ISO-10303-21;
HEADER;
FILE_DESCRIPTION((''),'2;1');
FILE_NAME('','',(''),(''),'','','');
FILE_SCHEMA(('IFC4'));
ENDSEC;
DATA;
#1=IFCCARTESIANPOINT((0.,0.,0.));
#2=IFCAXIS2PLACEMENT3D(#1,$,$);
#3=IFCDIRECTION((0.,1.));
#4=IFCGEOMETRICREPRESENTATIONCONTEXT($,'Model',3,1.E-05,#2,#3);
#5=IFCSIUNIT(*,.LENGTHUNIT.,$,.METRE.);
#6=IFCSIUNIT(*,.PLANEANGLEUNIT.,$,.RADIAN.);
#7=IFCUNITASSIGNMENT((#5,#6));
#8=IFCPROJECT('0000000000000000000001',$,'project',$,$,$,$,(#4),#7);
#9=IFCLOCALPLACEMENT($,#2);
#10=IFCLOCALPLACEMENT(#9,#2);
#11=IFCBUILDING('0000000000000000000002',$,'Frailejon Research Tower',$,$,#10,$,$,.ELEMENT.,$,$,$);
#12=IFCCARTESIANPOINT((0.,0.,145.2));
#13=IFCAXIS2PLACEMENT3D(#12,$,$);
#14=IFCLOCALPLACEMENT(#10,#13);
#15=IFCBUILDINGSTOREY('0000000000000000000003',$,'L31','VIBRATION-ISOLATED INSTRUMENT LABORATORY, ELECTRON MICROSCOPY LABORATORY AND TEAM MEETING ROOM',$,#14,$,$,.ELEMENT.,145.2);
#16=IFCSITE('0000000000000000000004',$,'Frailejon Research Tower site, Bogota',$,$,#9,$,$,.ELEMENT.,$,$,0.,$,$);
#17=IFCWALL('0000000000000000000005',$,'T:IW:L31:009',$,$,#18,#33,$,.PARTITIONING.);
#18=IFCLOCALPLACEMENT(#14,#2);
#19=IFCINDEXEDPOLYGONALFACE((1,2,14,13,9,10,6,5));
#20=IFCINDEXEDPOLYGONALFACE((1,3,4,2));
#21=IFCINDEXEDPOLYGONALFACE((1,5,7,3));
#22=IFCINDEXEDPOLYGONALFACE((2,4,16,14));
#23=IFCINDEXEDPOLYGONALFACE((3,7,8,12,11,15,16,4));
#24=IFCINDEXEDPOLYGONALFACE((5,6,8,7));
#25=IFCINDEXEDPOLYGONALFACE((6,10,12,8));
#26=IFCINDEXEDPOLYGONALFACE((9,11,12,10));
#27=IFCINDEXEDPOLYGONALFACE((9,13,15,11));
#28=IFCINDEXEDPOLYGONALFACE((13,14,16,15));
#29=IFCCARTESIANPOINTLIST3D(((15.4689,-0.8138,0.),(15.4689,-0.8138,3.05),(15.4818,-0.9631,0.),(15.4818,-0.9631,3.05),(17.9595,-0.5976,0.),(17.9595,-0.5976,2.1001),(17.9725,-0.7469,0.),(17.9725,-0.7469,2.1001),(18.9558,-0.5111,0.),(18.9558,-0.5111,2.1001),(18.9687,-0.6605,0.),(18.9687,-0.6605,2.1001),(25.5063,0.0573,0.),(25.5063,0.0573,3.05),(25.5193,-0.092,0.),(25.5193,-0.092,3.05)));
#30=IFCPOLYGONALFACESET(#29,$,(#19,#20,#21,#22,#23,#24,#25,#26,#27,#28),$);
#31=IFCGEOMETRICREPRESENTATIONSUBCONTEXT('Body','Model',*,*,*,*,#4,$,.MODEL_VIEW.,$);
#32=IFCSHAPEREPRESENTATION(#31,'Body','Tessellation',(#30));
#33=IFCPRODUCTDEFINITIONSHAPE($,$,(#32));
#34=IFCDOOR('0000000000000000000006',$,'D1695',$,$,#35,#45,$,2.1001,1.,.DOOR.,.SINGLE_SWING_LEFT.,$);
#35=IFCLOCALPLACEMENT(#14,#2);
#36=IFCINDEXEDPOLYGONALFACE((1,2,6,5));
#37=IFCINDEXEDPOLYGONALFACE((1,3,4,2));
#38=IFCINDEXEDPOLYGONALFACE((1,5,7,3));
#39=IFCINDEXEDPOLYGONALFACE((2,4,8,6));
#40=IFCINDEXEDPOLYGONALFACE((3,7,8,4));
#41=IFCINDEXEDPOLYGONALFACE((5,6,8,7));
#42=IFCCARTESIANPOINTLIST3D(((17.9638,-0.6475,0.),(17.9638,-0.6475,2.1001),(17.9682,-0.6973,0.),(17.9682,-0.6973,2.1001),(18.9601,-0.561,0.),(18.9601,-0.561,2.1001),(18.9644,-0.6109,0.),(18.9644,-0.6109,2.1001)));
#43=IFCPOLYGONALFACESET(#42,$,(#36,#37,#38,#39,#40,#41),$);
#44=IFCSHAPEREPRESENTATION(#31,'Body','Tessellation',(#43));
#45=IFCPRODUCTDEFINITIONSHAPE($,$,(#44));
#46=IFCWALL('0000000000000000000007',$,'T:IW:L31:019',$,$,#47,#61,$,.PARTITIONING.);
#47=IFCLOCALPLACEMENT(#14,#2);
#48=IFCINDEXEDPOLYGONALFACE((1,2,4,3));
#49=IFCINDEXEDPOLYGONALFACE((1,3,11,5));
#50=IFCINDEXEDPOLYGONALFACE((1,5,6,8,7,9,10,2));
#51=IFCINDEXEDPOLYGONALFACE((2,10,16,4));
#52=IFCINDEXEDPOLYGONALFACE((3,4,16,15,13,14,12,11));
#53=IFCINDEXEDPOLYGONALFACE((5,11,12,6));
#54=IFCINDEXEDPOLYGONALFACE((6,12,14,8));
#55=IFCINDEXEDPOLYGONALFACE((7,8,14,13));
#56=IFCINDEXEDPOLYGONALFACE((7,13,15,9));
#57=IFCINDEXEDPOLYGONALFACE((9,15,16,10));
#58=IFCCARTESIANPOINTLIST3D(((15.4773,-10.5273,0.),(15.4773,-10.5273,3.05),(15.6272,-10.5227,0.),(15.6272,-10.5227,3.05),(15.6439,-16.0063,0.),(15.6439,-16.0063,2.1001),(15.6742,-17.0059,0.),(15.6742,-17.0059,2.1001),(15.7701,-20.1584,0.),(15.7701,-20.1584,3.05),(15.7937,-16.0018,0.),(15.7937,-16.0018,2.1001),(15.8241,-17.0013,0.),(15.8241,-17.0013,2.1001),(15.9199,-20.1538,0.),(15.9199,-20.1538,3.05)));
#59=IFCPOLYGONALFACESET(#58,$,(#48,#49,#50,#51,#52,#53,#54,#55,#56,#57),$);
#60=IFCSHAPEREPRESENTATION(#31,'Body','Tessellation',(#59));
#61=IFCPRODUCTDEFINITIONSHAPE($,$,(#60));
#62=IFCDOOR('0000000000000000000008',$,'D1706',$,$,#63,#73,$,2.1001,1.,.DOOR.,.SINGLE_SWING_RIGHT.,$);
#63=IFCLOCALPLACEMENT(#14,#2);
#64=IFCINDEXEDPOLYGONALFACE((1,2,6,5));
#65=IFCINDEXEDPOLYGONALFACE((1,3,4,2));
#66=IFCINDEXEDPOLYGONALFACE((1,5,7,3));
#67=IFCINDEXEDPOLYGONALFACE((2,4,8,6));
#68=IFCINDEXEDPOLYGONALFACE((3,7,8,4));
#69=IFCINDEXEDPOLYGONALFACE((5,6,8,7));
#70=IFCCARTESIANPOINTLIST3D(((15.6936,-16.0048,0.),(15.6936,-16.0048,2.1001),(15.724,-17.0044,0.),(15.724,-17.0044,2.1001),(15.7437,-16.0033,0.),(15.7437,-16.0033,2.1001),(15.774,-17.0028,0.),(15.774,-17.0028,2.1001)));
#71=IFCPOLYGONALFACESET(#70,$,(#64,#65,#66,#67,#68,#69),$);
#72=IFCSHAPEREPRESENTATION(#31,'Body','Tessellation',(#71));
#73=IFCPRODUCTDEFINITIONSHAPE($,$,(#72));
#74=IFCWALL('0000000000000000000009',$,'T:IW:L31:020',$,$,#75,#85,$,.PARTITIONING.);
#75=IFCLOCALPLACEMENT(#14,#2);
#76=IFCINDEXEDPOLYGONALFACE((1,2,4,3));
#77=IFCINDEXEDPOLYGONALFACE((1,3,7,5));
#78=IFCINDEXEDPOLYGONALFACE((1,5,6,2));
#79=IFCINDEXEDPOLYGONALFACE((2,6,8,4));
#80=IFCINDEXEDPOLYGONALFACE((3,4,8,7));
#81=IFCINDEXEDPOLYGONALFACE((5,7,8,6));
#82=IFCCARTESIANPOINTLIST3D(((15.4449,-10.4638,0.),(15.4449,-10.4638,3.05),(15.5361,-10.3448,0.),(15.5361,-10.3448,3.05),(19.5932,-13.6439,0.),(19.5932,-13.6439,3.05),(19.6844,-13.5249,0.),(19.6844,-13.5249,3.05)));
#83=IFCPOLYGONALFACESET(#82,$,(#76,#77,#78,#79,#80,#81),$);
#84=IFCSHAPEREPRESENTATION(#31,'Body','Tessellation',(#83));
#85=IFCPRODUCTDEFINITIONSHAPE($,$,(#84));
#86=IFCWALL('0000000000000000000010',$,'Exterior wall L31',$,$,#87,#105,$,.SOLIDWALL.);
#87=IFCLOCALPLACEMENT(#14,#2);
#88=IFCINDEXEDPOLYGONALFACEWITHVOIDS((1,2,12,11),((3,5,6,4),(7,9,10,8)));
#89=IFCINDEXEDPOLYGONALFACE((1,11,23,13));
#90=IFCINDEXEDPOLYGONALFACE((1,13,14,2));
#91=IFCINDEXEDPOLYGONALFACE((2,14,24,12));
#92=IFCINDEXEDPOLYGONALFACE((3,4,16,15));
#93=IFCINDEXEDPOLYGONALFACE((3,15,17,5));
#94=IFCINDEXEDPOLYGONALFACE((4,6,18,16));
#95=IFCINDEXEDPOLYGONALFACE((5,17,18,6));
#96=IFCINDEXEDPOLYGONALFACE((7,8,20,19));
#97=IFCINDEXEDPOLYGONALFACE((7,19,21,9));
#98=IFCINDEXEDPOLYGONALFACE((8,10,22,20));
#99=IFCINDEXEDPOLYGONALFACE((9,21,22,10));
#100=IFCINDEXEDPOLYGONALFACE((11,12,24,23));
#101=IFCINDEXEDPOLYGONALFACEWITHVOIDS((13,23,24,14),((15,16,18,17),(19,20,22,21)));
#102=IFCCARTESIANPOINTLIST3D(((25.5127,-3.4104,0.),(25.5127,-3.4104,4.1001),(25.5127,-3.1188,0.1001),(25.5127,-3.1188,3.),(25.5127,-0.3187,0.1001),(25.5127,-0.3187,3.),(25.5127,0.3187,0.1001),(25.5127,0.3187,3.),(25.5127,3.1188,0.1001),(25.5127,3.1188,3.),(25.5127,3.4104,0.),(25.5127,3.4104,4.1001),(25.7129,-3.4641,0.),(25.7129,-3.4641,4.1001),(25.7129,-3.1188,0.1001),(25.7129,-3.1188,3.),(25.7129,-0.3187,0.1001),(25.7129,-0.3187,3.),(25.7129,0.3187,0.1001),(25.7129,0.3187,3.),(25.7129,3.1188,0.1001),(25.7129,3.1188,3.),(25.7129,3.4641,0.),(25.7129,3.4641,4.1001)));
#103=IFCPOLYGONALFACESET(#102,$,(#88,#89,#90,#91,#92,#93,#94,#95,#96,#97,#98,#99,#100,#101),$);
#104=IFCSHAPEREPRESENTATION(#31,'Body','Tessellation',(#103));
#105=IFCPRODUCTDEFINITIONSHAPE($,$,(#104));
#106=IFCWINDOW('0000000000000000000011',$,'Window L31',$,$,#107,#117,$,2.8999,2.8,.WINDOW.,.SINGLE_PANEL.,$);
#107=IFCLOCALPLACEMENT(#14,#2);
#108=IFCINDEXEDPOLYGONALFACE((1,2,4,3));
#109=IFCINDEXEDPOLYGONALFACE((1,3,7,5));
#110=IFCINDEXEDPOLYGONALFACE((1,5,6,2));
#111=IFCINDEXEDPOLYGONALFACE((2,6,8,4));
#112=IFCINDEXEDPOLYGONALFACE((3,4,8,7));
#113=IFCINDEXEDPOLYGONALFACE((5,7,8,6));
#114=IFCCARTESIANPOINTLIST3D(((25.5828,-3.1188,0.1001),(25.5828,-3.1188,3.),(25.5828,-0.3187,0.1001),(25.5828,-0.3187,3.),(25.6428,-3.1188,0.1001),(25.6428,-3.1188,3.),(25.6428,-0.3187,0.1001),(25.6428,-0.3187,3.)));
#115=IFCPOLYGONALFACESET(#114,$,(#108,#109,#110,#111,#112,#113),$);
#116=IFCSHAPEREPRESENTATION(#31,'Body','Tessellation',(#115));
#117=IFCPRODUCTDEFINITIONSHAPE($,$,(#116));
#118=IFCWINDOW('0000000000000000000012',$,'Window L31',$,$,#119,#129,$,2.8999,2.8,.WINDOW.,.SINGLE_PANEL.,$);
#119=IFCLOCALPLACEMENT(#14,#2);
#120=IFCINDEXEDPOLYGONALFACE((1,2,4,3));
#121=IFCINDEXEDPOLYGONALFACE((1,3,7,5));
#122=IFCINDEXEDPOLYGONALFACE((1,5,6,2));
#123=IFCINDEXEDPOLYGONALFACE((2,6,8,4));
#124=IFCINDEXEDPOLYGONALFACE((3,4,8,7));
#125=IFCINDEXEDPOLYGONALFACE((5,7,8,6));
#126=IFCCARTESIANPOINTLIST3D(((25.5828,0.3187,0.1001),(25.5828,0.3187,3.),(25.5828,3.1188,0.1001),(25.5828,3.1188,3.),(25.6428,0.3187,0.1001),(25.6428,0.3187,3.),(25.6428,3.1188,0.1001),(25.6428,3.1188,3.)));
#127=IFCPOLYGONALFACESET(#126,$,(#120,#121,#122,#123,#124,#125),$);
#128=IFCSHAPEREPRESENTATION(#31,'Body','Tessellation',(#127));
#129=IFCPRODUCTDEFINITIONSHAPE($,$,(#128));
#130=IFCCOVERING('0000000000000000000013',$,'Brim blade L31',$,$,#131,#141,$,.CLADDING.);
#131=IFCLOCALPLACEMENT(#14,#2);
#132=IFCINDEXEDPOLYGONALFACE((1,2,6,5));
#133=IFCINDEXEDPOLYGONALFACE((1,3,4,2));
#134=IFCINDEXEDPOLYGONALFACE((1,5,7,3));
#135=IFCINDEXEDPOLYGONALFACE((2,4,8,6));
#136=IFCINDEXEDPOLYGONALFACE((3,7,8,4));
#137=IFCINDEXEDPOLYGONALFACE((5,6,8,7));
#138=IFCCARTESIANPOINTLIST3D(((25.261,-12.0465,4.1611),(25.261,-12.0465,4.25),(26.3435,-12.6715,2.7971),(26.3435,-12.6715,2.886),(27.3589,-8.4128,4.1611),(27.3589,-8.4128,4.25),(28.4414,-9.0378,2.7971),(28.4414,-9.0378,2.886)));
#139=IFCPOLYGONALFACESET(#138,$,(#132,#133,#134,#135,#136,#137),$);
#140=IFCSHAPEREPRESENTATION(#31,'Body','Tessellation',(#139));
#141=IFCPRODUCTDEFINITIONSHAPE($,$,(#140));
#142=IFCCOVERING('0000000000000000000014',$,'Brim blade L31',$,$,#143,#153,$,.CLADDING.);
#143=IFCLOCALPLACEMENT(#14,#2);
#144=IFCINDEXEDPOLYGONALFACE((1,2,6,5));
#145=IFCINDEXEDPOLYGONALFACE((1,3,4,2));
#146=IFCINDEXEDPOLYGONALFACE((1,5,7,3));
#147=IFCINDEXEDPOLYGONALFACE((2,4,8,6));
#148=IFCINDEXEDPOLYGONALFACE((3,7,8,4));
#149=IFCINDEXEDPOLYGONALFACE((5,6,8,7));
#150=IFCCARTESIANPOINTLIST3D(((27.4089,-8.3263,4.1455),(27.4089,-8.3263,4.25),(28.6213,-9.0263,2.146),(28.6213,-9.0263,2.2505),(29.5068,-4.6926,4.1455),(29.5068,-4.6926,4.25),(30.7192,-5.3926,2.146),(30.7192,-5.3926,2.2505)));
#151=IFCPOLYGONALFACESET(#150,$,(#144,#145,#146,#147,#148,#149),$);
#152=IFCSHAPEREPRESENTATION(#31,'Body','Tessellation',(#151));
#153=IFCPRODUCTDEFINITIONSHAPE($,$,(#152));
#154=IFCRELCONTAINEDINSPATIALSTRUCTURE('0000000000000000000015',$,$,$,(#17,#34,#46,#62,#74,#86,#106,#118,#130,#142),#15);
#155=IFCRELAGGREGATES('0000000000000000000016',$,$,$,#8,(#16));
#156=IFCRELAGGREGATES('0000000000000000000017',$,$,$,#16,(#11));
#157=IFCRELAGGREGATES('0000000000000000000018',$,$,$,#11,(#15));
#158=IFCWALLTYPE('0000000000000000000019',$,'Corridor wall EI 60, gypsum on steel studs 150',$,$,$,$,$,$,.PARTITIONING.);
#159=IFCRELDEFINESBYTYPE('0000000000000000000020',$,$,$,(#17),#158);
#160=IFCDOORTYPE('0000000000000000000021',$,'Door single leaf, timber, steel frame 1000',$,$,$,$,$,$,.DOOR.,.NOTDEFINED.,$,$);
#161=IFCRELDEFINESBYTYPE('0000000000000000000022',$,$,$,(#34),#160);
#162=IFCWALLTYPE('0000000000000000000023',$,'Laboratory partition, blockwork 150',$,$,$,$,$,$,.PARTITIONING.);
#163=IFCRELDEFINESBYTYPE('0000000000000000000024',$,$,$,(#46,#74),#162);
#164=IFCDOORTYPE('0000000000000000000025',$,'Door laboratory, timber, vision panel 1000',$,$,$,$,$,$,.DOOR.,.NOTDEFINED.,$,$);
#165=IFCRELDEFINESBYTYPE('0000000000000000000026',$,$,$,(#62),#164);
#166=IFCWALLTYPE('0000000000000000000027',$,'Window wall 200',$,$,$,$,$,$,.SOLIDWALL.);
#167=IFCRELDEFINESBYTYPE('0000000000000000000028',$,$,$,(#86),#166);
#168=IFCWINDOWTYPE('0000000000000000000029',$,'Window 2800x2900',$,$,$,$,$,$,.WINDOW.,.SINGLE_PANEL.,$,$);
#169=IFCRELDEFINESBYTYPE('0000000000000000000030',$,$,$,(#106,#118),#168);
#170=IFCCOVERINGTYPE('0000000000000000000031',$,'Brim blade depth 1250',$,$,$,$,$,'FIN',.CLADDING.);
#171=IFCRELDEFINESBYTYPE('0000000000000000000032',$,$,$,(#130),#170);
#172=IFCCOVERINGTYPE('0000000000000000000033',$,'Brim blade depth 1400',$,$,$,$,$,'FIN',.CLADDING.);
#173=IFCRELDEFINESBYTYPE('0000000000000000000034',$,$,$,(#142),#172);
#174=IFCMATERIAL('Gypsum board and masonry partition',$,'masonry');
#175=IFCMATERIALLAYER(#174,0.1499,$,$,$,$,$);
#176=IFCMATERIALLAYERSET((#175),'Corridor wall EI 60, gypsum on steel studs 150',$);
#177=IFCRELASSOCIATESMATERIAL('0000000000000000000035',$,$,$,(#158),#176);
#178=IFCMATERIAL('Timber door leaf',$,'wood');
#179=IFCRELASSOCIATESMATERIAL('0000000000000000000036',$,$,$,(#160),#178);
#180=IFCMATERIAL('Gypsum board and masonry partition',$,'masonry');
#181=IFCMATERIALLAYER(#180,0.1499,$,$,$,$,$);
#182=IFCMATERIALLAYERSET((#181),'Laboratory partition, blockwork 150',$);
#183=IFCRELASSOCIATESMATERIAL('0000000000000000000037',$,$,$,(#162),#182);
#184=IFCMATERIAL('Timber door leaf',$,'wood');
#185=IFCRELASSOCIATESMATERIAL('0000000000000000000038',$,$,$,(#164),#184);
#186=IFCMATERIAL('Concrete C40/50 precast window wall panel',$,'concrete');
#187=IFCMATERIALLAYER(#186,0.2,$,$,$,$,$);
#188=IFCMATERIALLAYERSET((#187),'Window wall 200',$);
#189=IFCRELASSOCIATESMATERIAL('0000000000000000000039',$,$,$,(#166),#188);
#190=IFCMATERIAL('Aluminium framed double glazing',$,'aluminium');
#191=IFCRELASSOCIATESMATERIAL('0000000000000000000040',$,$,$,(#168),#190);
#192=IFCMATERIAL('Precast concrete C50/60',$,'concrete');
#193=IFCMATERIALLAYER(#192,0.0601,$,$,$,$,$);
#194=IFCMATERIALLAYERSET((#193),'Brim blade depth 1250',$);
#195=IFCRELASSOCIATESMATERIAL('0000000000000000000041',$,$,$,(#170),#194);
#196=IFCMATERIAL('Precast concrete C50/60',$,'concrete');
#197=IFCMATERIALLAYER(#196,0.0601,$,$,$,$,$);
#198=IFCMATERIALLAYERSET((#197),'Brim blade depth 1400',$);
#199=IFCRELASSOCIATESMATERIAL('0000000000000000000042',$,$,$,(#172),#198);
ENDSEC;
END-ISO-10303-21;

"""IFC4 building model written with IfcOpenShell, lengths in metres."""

from ifc_helpers import new_model, si_unit, direction, frame, frame_2d, origin, place, context, subcontext, project, spatial, polyline, rectangle, outline, extrude, material, layer, layer_set, type_object, element, fill, save


model = new_model("IFC4")

# Units and contexts
model_context = context("Model", 3, precision=1e-05, world=origin(), true_north=direction((0.0, 1.0)))
body_context = subcontext(model_context, "Body", "Model", "MODEL_VIEW")
ifc_project = project(units=[si_unit("LENGTHUNIT", "METRE"), si_unit("PLANEANGLEUNIT", "RADIAN")], contexts=[model_context])

# Site, building, storey
site_placement = place(None, origin())
site = spatial("IfcSite", under=ifc_project, at=site_placement, Name="Frailejon Research Tower site, Bogota", CompositionType="ELEMENT", RefElevation=0.0)
building_placement = place(site_placement, origin())
building = spatial("IfcBuilding", under=site, at=building_placement, Name="Frailejon Research Tower", CompositionType="ELEMENT")
storey_placement = place(building_placement, frame((0.0, 0.0, 145.2)))
storey = spatial("IfcBuildingStorey", under=building, at=storey_placement, Name="L31", Description="VIBRATION-ISOLATED INSTRUMENT LABORATORY, ELECTRON MICROSCOPY LABORATORY AND TEAM MEETING ROOM", CompositionType="ELEMENT", Elevation=145.2)

# Shared definitions
ifc_material_1 = material(Name="Gypsum board and masonry partition", Category="masonry")
ifc_layer_1 = layer(ifc_material_1, 0.1499)
ifc_layer_set_1 = layer_set([ifc_layer_1], Name="Corridor wall EI 60, gypsum on steel studs 150")
wall_type_1 = type_object("IfcWallType", Name="Corridor wall EI 60, gypsum on steel studs 150", PredefinedType="PARTITIONING", material=ifc_layer_set_1)

# Walls, openings, doors
wall_1_placement = place(storey_placement, frame((15.4753, -0.8884, 0.0), z_axis=(0.0, 0.0, 1.0), x_axis=(0.996255, 0.08646, 0.0)))
wall_1 = element("IfcWall", 1, at=wall_1_placement, inside=storey, type_object=wall_type_1, Name="T:IW:L31:009", PredefinedType="PARTITIONING", context=body_context, shape_type="SweptSolid", body=[
    extrude(rectangle(XDim=10.0752, YDim=0.1499, at=frame_2d((5.0376, 0.0))), origin(), (0.0, 0.0, 1.0), 3.05),
])
opening_1_placement = place(wall_1_placement, frame((2.5, 0.0, 0.0)))
opening_1 = element("IfcOpeningElement", 2, at=opening_1_placement, cuts=wall_1, PredefinedType="OPENING", context=body_context, shape_type="SweptSolid", body=[
    extrude(rectangle(XDim=1.0, YDim=2.1001, at=frame_2d((0.5, 1.05))), frame((0.0, 0.085, 0.0), z_axis=(0.0, -1.0, 0.0), x_axis=(1.0, 0.0, 0.0)), (0.0, 0.0, 1.0), 0.1699),
])
ifc_material_2 = material(Name="Timber door leaf", Category="wood")
door_type_1 = type_object("IfcDoorType", Name="Door single leaf, timber, steel frame 1000", OperationType="NOTDEFINED", PredefinedType="DOOR", material=ifc_material_2)
door_1_placement = place(opening_1_placement, origin())
door_1 = element("IfcDoor", 3, at=door_1_placement, inside=storey, type_object=door_type_1, Name="D1695", OperationType="SINGLE_SWING_LEFT", OverallHeight=2.1001, OverallWidth=1.0, PredefinedType="DOOR", context=body_context, shape_type="SweptSolid", body=[
    extrude(rectangle(XDim=1.0, YDim=2.1001, at=frame_2d((0.5, 1.05))), frame((0.0, 0.0249, 0.0), z_axis=(0.0, -1.0, 0.0), x_axis=(1.0, 0.0, 0.0)), (0.0, 0.0, 1.0), 0.05),
])
fill(opening_1, door_1)
ifc_material_3 = material(Name="Gypsum board and masonry partition", Category="masonry")
ifc_layer_2 = layer(ifc_material_3, 0.1499)
ifc_layer_set_2 = layer_set([ifc_layer_2], Name="Laboratory partition, blockwork 150")
wall_type_2 = type_object("IfcWallType", Name="Laboratory partition, blockwork 150", PredefinedType="PARTITIONING", material=ifc_layer_set_2)
wall_2_placement = place(storey_placement, frame((15.5522, -10.5249, 0.0), z_axis=(0.0, 0.0, 1.0), x_axis=(0.03038, -0.999538, 0.0)))
wall_2 = element("IfcWall", 4, at=wall_2_placement, inside=storey, type_object=wall_type_2, Name="T:IW:L31:019", PredefinedType="PARTITIONING", context=body_context, shape_type="SweptSolid", body=[
    extrude(rectangle(XDim=9.6355, YDim=0.1499, at=frame_2d((4.8179, 0.0))), origin(), (0.0, 0.0, 1.0), 3.05),
])
opening_2_placement = place(wall_2_placement, frame((5.4817, 0.0, 0.0)))
opening_2 = element("IfcOpeningElement", 5, at=opening_2_placement, cuts=wall_2, PredefinedType="OPENING", context=body_context, shape_type="SweptSolid", body=[
    extrude(rectangle(XDim=1.0, YDim=2.1001, at=frame_2d((0.5, 1.05))), frame((0.0, 0.085, 0.0), z_axis=(0.0, -1.0, 0.0), x_axis=(1.0, 0.0, 0.0)), (0.0, 0.0, 1.0), 0.1699),
])
ifc_material_4 = material(Name="Timber door leaf", Category="wood")
door_type_2 = type_object("IfcDoorType", Name="Door laboratory, timber, vision panel 1000", OperationType="NOTDEFINED", PredefinedType="DOOR", material=ifc_material_4)
door_2_placement = place(opening_2_placement, origin())
door_2 = element("IfcDoor", 6, at=door_2_placement, inside=storey, type_object=door_type_2, Name="D1706", OperationType="SINGLE_SWING_RIGHT", OverallHeight=2.1001, OverallWidth=1.0, PredefinedType="DOOR", context=body_context, shape_type="SweptSolid", body=[
    extrude(rectangle(XDim=1.0, YDim=2.1001, at=frame_2d((0.5, 1.05))), frame((0.0, 0.0249, 0.0), z_axis=(0.0, -1.0, 0.0), x_axis=(1.0, 0.0, 0.0)), (0.0, 0.0, 1.0), 0.05),
])
fill(opening_2, door_2)

# Wall
wall_3_placement = place(storey_placement, frame((15.4905, -10.4043, 0.0), z_axis=(0.0, 0.0, 1.0), x_axis=(0.793633, -0.608396, 0.0)))
element("IfcWall", 7, at=wall_3_placement, inside=storey, type_object=wall_type_2, Name="T:IW:L31:020", PredefinedType="PARTITIONING", context=body_context, shape_type="SweptSolid", body=[
    extrude(rectangle(XDim=5.2271, YDim=0.1499, at=frame_2d((2.6135, 0.0))), origin(), (0.0, 0.0, 1.0), 3.05),
])

# Wall, openings, windows
ifc_material_5 = material(Name="Concrete C40/50 precast window wall panel", Category="concrete")
ifc_layer_3 = layer(ifc_material_5, 0.2)
ifc_layer_set_3 = layer_set([ifc_layer_3], Name="Window wall 200")
wall_type_3 = type_object("IfcWallType", Name="Window wall 200", PredefinedType="SOLIDWALL", material=ifc_layer_set_3)
wall_4_placement = place(storey_placement, frame((25.6128, -3.4373, 0.0), z_axis=(0.0, 0.0, 1.0), x_axis=(0.0, 1.0, 0.0)))
wall_4 = element("IfcWall", 8, at=wall_4_placement, inside=storey, type_object=wall_type_3, Name="Exterior wall L31", PredefinedType="SOLIDWALL", context=body_context, shape_type="SweptSolid", body=[
    extrude(outline(polyline([(-0.0269, -0.1001), (1.1279, -0.1001), (2.2825, -0.1001), (3.4373, -0.1001), (4.592, -0.1001), (5.7466, -0.1001), (6.9014, -0.1001), (6.8477, 0.1001), (5.7109, 0.1001), (4.574, 0.1001), (3.4373, 0.1001), (2.3005, 0.1001), (1.1636, 0.1001), (0.0269, 0.1001), (-0.0269, -0.1001)])), origin(), (0.0, 0.0, 1.0), 4.1001),
])
opening_3_placement = place(wall_4_placement, frame((0.3186, 0.0, 0.1001)))
opening_3 = element("IfcOpeningElement", 9, at=opening_3_placement, cuts=wall_4, PredefinedType="OPENING", context=body_context, shape_type="SweptSolid", body=[
    extrude(rectangle(XDim=2.8, YDim=2.8999, at=frame_2d((1.3999, 1.45))), frame((0.0, 0.1099, 0.0), z_axis=(0.0, -1.0, 0.0), x_axis=(1.0, 0.0, 0.0)), (0.0, 0.0, 1.0), 0.22),
])
opening_4_placement = place(wall_4_placement, frame((3.7561, 0.0, 0.1001)))
opening_4 = element("IfcOpeningElement", 10, at=opening_4_placement, cuts=wall_4, PredefinedType="OPENING", context=body_context, shape_type="SweptSolid", body=[
    extrude(rectangle(XDim=2.8, YDim=2.8999, at=frame_2d((1.3999, 1.45))), frame((0.0, 0.1099, 0.0), z_axis=(0.0, -1.0, 0.0), x_axis=(1.0, 0.0, 0.0)), (0.0, 0.0, 1.0), 0.22),
])
ifc_material_6 = material(Name="Aluminium framed double glazing", Category="aluminium")
window_type = type_object("IfcWindowType", Name="Window 2800x2900", PartitioningType="SINGLE_PANEL", PredefinedType="WINDOW", material=ifc_material_6)
window_1_placement = place(opening_3_placement, origin())
window_1 = element("IfcWindow", 11, at=window_1_placement, inside=storey, type_object=window_type, Name="Window L31", OverallHeight=2.8999, OverallWidth=2.8, PartitioningType="SINGLE_PANEL", PredefinedType="WINDOW", context=body_context, shape_type="SweptSolid", body=[
    extrude(rectangle(XDim=2.8, YDim=2.8999, at=frame_2d((1.3999, 1.45))), frame((0.0, 0.03, 0.0), z_axis=(0.0, -1.0, 0.0), x_axis=(1.0, 0.0, 0.0)), (0.0, 0.0, 1.0), 0.0601),
])
fill(opening_3, window_1)
window_2_placement = place(opening_4_placement, origin())
window_2 = element("IfcWindow", 12, at=window_2_placement, inside=storey, type_object=window_type, Name="Window L31", OverallHeight=2.8999, OverallWidth=2.8, PartitioningType="SINGLE_PANEL", PredefinedType="WINDOW", context=body_context, shape_type="SweptSolid", body=[
    extrude(rectangle(XDim=2.8, YDim=2.8999, at=frame_2d((1.3999, 1.45))), frame((0.0, 0.03, 0.0), z_axis=(0.0, -1.0, 0.0), x_axis=(1.0, 0.0, 0.0)), (0.0, 0.0, 1.0), 0.0601),
])
fill(opening_4, window_2)

# Coverings
ifc_material_7 = material(Name="Precast concrete C50/60", Category="concrete")
ifc_layer_4 = layer(ifc_material_7, 0.0601)
ifc_layer_set_4 = layer_set([ifc_layer_4], Name="Brim blade depth 1250")
covering_type_1 = type_object("IfcCoveringType", Name="Brim blade depth 1250", ElementType="FIN", PredefinedType="CLADDING", material=ifc_layer_set_4)
covering_1_placement = place(storey_placement, frame((27.3589, -8.4128, 4.25), z_axis=(-0.499997, -0.866027, 0.0), x_axis=(0.866027, -0.499997, 0.0)))
element("IfcCovering", 13, at=covering_1_placement, inside=storey, type_object=covering_type_1, Name="Brim blade L31", PredefinedType="CLADDING", context=body_context, shape_type="SweptSolid", body=[
    extrude(outline(polyline([(0.0, -0.0889), (1.25, -1.4529), (1.25, -1.364), (0.0, 0.0), (0.0, -0.0889)])), origin(), (0.0, 0.0, 1.0), 4.1958),
])
ifc_material_8 = material(Name="Precast concrete C50/60", Category="concrete")
ifc_layer_5 = layer(ifc_material_8, 0.0601)
ifc_layer_set_5 = layer_set([ifc_layer_5], Name="Brim blade depth 1400")
covering_type_2 = type_object("IfcCoveringType", Name="Brim blade depth 1400", ElementType="FIN", PredefinedType="CLADDING", material=ifc_layer_set_5)
covering_2_placement = place(storey_placement, frame((29.5068, -4.6926, 4.25), z_axis=(-0.499997, -0.866027, 0.0), x_axis=(0.866027, -0.499997, 0.0)))
element("IfcCovering", 14, at=covering_2_placement, inside=storey, type_object=covering_type_2, Name="Brim blade L31", PredefinedType="CLADDING", context=body_context, shape_type="SweptSolid", body=[
    extrude(outline(polyline([(0.0, -0.1045), (1.3999, -2.104), (1.3999, -1.9995), (0.0, 0.0), (0.0, -0.1045)])), origin(), (0.0, 0.0, 1.0), 4.1958),
])

save(model, "model.ifc")
